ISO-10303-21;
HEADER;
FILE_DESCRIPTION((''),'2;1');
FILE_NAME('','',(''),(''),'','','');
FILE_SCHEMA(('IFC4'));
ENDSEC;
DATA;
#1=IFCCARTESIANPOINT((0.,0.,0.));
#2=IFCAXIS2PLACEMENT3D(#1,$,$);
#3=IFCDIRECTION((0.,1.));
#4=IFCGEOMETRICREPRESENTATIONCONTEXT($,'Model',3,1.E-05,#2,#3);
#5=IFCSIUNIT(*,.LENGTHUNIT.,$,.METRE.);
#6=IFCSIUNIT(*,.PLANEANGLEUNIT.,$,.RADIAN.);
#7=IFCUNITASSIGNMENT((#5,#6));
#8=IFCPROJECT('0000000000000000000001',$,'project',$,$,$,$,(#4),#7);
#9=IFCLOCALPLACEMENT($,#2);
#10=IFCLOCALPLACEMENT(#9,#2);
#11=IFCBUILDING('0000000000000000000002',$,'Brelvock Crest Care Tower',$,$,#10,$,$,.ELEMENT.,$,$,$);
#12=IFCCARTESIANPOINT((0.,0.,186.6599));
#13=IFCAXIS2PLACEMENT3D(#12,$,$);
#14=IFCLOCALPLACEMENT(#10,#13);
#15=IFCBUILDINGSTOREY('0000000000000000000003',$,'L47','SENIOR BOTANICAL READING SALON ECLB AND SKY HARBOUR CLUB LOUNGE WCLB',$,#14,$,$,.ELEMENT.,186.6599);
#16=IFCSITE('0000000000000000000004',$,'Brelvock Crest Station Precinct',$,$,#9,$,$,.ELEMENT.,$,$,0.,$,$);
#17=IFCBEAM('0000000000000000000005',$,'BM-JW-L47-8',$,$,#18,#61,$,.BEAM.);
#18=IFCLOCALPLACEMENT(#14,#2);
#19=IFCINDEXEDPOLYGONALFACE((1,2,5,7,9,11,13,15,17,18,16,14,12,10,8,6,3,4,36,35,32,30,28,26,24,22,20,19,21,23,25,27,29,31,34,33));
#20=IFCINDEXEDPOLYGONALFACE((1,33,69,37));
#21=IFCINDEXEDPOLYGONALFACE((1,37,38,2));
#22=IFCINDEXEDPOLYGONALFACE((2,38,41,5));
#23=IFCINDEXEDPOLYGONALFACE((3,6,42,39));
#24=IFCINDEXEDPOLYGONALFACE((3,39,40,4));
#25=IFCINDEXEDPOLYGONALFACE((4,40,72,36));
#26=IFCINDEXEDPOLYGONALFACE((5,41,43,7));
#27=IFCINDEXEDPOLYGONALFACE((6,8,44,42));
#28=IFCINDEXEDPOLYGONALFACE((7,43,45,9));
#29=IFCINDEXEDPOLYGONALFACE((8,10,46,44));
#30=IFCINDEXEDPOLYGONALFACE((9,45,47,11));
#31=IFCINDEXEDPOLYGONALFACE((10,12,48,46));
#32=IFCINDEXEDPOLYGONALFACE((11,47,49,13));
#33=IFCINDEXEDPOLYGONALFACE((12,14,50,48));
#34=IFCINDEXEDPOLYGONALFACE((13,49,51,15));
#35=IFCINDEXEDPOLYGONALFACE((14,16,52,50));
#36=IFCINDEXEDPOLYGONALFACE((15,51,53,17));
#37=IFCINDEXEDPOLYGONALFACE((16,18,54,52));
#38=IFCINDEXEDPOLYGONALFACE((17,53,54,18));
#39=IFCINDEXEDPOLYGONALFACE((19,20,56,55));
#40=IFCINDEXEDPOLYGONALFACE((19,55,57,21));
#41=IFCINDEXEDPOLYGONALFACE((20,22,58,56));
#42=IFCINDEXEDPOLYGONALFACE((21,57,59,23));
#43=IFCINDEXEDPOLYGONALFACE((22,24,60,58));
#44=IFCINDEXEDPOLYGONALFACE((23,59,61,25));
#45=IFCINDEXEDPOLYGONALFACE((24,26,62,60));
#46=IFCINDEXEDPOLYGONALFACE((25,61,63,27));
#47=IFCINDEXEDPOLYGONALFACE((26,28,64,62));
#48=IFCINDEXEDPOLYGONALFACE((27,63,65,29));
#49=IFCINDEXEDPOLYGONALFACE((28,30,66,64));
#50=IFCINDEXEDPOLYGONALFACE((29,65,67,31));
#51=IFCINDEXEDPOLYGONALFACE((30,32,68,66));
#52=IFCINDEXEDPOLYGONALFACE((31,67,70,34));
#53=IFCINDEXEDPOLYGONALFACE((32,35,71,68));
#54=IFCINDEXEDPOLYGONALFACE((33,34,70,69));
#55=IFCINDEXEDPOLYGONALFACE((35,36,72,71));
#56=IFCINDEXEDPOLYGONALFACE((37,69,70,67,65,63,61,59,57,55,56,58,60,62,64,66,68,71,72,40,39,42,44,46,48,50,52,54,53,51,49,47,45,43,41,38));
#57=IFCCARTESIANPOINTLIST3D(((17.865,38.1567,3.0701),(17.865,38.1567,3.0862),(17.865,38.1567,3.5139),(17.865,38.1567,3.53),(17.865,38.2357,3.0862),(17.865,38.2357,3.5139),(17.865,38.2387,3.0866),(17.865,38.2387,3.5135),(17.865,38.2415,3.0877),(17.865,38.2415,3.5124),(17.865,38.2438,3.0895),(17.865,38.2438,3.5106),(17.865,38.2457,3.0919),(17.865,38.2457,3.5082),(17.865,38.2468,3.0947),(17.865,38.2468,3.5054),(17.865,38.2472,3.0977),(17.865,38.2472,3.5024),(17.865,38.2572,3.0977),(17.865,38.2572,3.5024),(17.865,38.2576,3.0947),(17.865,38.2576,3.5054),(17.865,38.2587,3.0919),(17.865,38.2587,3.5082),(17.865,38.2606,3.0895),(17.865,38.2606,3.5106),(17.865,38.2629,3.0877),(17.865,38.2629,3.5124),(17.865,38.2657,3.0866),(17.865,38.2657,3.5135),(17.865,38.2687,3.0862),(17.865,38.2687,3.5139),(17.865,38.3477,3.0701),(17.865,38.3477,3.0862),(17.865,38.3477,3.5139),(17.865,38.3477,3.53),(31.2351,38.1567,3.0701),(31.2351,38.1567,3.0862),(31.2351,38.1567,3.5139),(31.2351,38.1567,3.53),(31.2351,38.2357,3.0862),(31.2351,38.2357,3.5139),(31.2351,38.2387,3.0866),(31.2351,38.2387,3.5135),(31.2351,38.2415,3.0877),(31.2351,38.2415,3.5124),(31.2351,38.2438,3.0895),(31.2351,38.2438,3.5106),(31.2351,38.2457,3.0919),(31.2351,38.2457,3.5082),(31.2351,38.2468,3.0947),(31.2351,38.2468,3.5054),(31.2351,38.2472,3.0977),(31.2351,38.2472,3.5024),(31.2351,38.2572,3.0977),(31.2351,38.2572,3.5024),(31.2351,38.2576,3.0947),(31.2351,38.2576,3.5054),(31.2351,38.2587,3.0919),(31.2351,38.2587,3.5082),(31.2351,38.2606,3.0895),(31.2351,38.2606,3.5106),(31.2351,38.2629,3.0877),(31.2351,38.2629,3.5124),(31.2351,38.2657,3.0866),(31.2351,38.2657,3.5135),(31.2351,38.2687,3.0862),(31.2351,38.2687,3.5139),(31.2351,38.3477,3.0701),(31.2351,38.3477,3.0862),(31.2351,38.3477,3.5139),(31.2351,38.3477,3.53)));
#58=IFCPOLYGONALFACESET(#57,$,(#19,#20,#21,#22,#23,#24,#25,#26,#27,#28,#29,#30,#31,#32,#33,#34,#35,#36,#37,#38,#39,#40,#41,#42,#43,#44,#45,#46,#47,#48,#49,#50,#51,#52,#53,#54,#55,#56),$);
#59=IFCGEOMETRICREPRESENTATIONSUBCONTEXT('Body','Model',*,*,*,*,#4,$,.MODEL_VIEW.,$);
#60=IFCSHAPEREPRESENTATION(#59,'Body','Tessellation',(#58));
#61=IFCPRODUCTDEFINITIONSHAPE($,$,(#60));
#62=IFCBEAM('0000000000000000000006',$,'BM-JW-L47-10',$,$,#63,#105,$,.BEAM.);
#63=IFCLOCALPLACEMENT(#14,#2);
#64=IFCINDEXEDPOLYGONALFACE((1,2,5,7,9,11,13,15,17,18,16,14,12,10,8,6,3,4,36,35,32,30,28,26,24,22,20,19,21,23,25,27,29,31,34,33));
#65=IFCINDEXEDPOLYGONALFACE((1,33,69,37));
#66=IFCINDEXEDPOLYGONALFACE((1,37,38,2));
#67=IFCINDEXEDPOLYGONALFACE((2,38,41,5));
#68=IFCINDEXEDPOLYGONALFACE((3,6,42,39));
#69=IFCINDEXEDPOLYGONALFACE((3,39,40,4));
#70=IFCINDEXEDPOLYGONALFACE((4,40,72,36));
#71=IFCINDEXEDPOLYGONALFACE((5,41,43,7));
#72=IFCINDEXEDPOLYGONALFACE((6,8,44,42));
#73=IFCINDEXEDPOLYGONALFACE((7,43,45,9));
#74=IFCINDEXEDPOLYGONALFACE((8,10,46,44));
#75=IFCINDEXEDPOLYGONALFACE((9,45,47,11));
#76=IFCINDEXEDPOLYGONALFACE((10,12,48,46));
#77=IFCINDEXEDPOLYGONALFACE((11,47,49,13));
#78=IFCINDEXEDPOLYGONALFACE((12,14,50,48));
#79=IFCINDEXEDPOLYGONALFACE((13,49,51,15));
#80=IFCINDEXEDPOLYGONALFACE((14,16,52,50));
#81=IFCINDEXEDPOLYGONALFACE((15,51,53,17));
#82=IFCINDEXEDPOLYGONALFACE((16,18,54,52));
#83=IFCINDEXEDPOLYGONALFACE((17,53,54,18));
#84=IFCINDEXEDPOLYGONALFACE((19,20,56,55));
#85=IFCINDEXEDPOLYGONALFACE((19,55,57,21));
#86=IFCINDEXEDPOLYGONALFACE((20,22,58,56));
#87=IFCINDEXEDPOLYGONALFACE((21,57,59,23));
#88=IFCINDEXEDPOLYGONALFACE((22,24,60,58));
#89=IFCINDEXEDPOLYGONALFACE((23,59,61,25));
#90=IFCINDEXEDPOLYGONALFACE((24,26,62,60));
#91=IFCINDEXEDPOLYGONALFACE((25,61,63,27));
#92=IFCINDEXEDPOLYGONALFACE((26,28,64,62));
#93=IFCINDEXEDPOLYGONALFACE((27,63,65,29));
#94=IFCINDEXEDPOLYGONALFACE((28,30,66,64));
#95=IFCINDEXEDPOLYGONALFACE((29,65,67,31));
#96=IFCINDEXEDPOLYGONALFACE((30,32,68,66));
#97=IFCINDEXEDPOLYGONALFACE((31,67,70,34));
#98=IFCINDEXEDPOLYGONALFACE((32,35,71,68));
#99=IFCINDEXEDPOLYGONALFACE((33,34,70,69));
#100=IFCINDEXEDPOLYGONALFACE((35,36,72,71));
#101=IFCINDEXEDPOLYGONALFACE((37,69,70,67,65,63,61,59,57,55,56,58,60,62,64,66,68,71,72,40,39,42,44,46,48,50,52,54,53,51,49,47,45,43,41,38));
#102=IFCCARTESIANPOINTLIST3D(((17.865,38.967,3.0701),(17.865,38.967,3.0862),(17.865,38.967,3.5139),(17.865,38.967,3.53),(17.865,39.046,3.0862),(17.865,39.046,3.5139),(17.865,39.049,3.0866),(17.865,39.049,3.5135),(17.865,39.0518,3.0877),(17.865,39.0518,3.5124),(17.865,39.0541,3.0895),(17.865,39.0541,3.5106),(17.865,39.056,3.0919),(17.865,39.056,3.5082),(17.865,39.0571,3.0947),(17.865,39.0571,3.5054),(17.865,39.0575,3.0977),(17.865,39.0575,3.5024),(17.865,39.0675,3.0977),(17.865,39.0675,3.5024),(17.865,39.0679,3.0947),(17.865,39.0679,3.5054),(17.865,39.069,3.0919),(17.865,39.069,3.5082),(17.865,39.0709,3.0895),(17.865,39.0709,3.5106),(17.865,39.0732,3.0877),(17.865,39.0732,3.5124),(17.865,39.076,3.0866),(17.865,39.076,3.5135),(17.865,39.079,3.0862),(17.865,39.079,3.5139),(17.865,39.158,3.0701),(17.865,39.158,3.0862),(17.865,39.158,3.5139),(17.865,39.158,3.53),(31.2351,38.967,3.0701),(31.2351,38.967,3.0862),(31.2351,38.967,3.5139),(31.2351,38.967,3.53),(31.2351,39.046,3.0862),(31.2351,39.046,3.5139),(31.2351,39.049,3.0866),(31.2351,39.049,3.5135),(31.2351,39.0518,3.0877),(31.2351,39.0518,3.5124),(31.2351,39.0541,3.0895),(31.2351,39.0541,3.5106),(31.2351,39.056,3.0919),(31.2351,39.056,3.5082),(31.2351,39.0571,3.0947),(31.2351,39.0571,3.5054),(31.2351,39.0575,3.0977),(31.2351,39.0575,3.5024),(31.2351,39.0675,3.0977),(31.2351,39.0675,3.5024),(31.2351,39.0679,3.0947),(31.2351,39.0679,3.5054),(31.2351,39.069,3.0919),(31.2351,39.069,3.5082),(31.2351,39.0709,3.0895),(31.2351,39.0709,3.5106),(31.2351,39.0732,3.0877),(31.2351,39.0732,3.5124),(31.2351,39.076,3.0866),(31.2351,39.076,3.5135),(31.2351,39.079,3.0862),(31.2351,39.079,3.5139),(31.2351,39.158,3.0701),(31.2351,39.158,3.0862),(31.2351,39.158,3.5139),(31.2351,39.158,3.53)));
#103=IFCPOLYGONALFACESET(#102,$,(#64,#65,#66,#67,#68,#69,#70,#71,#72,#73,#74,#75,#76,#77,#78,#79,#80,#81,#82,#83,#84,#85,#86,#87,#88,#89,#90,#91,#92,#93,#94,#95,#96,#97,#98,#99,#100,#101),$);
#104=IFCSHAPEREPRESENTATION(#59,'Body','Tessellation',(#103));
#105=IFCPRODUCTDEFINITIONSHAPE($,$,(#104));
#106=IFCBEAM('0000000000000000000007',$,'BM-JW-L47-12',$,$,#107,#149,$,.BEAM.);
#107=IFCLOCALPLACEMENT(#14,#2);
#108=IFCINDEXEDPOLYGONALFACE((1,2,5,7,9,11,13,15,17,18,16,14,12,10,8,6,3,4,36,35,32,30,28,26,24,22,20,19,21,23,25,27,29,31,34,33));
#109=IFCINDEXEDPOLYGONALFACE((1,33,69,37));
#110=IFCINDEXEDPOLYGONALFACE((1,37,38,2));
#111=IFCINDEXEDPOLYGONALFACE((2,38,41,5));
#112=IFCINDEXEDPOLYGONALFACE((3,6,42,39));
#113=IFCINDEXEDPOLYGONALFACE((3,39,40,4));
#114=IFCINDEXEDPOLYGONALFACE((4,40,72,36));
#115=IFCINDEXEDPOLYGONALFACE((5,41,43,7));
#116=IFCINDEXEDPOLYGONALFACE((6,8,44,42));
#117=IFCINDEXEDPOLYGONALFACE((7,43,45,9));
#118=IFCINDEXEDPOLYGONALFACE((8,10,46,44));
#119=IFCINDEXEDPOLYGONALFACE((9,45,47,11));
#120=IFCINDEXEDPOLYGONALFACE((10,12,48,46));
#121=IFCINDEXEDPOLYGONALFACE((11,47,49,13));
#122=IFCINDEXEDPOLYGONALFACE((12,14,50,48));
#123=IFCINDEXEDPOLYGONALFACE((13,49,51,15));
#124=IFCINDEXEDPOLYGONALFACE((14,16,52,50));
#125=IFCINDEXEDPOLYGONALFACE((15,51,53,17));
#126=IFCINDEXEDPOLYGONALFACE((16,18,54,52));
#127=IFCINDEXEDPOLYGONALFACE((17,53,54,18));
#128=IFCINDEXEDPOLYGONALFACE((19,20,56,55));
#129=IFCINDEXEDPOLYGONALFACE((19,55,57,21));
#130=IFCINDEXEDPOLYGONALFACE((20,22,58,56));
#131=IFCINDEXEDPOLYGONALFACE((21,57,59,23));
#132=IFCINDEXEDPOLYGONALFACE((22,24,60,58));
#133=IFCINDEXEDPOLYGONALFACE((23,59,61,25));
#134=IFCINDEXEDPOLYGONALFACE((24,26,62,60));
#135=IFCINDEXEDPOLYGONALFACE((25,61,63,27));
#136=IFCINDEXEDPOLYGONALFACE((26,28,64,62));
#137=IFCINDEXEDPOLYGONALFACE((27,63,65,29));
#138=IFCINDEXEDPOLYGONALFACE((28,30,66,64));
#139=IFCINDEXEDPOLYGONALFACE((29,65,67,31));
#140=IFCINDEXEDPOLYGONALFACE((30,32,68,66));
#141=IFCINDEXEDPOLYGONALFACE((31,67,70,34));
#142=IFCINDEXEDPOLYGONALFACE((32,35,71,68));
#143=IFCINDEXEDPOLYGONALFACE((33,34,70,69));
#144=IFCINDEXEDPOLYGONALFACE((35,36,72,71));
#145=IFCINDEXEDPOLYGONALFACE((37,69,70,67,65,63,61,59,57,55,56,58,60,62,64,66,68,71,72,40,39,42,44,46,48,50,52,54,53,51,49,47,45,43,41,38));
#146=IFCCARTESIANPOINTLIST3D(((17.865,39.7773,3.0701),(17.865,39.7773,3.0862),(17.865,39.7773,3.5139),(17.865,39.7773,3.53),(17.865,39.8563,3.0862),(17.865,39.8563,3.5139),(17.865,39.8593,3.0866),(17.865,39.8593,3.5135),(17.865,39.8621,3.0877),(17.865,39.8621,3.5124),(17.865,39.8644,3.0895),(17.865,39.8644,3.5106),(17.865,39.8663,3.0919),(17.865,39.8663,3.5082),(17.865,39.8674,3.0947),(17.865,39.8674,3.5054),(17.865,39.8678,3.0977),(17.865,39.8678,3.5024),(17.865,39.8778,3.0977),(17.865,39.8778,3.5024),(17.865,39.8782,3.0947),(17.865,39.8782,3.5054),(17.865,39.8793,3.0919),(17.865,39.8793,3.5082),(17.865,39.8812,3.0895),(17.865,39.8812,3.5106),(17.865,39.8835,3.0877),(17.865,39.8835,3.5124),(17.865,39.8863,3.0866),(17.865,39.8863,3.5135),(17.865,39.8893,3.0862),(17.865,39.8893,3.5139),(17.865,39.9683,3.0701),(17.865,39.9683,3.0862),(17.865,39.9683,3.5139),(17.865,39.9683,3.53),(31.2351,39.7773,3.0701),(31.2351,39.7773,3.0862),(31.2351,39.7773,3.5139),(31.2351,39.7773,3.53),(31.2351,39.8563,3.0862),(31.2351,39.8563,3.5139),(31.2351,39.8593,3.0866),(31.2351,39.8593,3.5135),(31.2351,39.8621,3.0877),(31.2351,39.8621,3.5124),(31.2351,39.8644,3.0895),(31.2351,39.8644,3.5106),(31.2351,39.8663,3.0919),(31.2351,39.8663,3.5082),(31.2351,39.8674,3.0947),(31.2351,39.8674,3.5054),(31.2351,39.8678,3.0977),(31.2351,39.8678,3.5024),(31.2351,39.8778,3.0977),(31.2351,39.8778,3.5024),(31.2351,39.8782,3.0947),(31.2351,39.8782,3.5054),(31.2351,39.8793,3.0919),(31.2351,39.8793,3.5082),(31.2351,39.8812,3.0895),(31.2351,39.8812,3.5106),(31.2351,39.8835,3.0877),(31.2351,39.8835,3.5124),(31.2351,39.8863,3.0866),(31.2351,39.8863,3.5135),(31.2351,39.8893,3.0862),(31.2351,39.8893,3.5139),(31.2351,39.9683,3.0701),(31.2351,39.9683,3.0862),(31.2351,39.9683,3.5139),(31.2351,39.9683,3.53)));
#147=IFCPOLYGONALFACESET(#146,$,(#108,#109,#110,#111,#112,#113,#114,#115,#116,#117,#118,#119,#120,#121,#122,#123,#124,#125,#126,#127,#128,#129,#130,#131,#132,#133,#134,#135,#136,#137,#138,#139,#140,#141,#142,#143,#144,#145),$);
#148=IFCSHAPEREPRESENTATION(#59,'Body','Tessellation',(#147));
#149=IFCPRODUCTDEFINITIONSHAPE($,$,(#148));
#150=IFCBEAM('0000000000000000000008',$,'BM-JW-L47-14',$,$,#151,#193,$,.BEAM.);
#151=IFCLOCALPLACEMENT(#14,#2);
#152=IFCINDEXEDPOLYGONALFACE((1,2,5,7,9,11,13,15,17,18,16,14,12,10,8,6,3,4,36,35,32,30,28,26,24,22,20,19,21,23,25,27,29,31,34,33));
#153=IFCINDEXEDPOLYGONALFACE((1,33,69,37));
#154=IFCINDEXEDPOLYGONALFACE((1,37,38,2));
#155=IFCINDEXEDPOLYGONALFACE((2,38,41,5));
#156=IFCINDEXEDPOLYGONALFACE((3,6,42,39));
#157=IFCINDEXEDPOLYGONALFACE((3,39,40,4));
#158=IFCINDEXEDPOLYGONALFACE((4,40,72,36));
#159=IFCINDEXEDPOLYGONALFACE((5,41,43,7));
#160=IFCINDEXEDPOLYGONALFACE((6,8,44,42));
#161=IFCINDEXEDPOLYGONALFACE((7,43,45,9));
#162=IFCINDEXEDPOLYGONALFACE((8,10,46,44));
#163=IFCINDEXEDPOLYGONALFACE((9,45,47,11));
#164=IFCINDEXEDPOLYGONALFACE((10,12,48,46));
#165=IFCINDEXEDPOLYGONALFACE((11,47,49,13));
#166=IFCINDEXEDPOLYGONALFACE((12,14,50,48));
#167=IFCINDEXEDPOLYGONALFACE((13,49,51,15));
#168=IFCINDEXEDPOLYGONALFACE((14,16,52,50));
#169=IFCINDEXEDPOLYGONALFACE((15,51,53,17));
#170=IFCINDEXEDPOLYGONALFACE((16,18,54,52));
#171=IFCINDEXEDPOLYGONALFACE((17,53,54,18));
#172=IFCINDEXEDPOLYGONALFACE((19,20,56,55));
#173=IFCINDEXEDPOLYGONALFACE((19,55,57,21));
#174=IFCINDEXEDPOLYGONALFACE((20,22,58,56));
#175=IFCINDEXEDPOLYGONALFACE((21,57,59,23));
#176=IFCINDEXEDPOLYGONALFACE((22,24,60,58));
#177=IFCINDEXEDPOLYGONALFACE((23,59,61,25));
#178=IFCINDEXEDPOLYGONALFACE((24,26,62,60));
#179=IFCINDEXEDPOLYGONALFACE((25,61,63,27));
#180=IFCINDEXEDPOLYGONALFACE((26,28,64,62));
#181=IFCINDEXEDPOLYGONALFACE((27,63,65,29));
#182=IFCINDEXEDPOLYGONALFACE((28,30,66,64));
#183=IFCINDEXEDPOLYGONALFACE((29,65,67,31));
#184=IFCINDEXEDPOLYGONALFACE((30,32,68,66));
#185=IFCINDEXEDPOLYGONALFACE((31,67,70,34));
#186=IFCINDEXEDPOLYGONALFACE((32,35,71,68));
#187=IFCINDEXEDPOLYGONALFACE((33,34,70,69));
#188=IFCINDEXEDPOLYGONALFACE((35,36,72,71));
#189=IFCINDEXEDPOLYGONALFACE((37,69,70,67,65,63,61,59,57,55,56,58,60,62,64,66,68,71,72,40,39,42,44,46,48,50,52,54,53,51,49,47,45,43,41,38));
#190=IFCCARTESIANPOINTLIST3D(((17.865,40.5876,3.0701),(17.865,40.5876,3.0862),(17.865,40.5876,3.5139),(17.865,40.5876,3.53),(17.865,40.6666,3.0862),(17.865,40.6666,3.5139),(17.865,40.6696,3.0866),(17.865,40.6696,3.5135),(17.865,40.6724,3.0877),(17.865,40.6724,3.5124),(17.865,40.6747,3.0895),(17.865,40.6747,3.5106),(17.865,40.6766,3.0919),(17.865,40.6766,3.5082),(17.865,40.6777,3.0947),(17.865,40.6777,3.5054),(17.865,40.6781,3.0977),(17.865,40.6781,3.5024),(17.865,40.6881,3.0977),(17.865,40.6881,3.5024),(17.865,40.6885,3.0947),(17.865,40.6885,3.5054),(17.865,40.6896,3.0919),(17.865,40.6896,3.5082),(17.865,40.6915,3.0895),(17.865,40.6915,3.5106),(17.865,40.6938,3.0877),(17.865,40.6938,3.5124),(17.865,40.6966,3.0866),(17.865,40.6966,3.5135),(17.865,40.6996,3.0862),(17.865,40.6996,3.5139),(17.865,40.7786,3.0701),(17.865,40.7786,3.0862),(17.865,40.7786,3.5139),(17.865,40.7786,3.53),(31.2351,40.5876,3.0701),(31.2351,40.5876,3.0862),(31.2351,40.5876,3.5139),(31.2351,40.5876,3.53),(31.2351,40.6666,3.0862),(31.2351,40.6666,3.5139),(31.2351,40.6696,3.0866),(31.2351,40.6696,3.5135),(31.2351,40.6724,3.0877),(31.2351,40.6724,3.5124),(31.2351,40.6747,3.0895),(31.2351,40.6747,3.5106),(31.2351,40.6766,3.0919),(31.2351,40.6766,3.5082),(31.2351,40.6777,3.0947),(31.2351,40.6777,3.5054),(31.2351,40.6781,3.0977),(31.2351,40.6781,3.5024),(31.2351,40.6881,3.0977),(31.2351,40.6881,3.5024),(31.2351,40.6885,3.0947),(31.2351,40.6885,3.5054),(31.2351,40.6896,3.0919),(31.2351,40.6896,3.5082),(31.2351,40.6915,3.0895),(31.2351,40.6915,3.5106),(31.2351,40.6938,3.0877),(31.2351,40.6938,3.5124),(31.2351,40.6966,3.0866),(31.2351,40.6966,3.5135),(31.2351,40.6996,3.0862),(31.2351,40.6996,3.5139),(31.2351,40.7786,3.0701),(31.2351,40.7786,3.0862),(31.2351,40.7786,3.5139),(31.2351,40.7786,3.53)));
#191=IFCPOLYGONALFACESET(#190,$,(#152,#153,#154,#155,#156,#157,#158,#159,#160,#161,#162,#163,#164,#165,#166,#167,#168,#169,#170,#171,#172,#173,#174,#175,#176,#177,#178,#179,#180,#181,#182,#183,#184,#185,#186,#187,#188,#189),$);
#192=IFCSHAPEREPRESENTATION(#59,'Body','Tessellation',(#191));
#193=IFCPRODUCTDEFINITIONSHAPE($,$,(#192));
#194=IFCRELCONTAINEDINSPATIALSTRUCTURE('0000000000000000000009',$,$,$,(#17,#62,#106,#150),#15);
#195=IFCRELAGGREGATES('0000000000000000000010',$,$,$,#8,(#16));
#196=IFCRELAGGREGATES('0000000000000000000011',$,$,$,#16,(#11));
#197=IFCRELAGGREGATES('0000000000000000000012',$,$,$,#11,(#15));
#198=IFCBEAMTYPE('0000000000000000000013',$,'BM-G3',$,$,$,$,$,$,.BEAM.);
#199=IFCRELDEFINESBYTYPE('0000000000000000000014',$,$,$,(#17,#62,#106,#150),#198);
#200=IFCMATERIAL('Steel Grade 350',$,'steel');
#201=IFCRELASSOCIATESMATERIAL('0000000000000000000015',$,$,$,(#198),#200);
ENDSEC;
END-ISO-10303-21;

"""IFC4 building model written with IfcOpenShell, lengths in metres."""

from ifc_helpers import new_model, si_unit, direction, frame, origin, origin_2d, place, context, subcontext, project, spatial, i_section, extrude, source, transform, mapped, material, material_profile, profile_set, type_object, element, save


model = new_model("IFC4")

# Units and contexts
model_context = context("Model", 3, precision=1e-05, world=origin(), true_north=direction((0.0, 1.0)))
body_context = subcontext(model_context, "Body", "Model", "MODEL_VIEW")
ifc_project = project(units=[si_unit("LENGTHUNIT", "METRE"), si_unit("PLANEANGLEUNIT", "RADIAN")], contexts=[model_context])

# Site, building, storey
site_placement = place(None, origin())
site = spatial("IfcSite", under=ifc_project, at=site_placement, Name="Brelvock Crest Station Precinct", CompositionType="ELEMENT", RefElevation=0.0)
building_placement = place(site_placement, origin())
building = spatial("IfcBuilding", under=site, at=building_placement, Name="Brelvock Crest Care Tower", CompositionType="ELEMENT")
storey_placement = place(building_placement, frame((0.0, 0.0, 186.6599)))
storey = spatial("IfcBuildingStorey", under=building, at=storey_placement, Name="L47", Description="SENIOR BOTANICAL READING SALON ECLB AND SKY HARBOUR CLUB LOUNGE WCLB", CompositionType="ELEMENT", Elevation=186.6599)

# Shared definitions
ifc_material_1 = material(Name="Steel Grade 350", Category="steel")

# Beams
ifc_material_profile_1 = material_profile(ifc_material_1, i_section(OverallWidth=0.1909, OverallDepth=0.46, WebThickness=0.01, FlangeThickness=0.0161, FilletRadius=0.0115, at=origin_2d()), Name="460UB82.1")
ifc_profile_set_1 = profile_set([ifc_material_profile_1], Name="Steel Grade 350")
beam_type_1 = type_object("IfcBeamType", Name="BM-G3", PredefinedType="BEAM", material=ifc_profile_set_1)
shared_shape_1 = source(origin(), body_context, "Body", "SweptSolid", [
    extrude(i_section(OverallWidth=0.1909, OverallDepth=0.46, WebThickness=0.01, FlangeThickness=0.0161, FilletRadius=0.0115, at=origin_2d()), origin(), (0.0, 0.0, 1.0), 13.3701),
])
for number, where, z_axis, x_axis, name in (
    (1, (17.865, 38.2522, 3.3), (1.0, 0.0, 0.0), (0.0, 1.0, 0.0), "BM-JW-L47-8"),
    (2, (17.865, 39.0625, 3.3), (1.0, 0.0, 0.0), (0.0, 1.0, 0.0), "BM-JW-L47-10"),
    (3, (17.865, 39.8728, 3.3), (1.0, 0.0, 0.0), (0.0, 1.0, 0.0), "BM-JW-L47-12"),
    (4, (17.865, 40.6831, 3.3), (1.0, 0.0, 0.0), (0.0, 1.0, 0.0), "BM-JW-L47-14"),
):
    element("IfcBeam", number, at=place(storey_placement, frame(where, z_axis=z_axis, x_axis=x_axis)), inside=storey, type_object=beam_type_1, Name=name, PredefinedType="BEAM", context=body_context, shape_type="MappedRepresentation", body=[
        mapped(shared_shape_1, transform((0.0, 0.0, 0.0), x_axis=(1.0, 0.0, 0.0), y_axis=(0.0, 1.0, 0.0), z_axis=(0.0, 0.0, 1.0), scale=1.0)),
    ])

save(model, "model.ifc")
